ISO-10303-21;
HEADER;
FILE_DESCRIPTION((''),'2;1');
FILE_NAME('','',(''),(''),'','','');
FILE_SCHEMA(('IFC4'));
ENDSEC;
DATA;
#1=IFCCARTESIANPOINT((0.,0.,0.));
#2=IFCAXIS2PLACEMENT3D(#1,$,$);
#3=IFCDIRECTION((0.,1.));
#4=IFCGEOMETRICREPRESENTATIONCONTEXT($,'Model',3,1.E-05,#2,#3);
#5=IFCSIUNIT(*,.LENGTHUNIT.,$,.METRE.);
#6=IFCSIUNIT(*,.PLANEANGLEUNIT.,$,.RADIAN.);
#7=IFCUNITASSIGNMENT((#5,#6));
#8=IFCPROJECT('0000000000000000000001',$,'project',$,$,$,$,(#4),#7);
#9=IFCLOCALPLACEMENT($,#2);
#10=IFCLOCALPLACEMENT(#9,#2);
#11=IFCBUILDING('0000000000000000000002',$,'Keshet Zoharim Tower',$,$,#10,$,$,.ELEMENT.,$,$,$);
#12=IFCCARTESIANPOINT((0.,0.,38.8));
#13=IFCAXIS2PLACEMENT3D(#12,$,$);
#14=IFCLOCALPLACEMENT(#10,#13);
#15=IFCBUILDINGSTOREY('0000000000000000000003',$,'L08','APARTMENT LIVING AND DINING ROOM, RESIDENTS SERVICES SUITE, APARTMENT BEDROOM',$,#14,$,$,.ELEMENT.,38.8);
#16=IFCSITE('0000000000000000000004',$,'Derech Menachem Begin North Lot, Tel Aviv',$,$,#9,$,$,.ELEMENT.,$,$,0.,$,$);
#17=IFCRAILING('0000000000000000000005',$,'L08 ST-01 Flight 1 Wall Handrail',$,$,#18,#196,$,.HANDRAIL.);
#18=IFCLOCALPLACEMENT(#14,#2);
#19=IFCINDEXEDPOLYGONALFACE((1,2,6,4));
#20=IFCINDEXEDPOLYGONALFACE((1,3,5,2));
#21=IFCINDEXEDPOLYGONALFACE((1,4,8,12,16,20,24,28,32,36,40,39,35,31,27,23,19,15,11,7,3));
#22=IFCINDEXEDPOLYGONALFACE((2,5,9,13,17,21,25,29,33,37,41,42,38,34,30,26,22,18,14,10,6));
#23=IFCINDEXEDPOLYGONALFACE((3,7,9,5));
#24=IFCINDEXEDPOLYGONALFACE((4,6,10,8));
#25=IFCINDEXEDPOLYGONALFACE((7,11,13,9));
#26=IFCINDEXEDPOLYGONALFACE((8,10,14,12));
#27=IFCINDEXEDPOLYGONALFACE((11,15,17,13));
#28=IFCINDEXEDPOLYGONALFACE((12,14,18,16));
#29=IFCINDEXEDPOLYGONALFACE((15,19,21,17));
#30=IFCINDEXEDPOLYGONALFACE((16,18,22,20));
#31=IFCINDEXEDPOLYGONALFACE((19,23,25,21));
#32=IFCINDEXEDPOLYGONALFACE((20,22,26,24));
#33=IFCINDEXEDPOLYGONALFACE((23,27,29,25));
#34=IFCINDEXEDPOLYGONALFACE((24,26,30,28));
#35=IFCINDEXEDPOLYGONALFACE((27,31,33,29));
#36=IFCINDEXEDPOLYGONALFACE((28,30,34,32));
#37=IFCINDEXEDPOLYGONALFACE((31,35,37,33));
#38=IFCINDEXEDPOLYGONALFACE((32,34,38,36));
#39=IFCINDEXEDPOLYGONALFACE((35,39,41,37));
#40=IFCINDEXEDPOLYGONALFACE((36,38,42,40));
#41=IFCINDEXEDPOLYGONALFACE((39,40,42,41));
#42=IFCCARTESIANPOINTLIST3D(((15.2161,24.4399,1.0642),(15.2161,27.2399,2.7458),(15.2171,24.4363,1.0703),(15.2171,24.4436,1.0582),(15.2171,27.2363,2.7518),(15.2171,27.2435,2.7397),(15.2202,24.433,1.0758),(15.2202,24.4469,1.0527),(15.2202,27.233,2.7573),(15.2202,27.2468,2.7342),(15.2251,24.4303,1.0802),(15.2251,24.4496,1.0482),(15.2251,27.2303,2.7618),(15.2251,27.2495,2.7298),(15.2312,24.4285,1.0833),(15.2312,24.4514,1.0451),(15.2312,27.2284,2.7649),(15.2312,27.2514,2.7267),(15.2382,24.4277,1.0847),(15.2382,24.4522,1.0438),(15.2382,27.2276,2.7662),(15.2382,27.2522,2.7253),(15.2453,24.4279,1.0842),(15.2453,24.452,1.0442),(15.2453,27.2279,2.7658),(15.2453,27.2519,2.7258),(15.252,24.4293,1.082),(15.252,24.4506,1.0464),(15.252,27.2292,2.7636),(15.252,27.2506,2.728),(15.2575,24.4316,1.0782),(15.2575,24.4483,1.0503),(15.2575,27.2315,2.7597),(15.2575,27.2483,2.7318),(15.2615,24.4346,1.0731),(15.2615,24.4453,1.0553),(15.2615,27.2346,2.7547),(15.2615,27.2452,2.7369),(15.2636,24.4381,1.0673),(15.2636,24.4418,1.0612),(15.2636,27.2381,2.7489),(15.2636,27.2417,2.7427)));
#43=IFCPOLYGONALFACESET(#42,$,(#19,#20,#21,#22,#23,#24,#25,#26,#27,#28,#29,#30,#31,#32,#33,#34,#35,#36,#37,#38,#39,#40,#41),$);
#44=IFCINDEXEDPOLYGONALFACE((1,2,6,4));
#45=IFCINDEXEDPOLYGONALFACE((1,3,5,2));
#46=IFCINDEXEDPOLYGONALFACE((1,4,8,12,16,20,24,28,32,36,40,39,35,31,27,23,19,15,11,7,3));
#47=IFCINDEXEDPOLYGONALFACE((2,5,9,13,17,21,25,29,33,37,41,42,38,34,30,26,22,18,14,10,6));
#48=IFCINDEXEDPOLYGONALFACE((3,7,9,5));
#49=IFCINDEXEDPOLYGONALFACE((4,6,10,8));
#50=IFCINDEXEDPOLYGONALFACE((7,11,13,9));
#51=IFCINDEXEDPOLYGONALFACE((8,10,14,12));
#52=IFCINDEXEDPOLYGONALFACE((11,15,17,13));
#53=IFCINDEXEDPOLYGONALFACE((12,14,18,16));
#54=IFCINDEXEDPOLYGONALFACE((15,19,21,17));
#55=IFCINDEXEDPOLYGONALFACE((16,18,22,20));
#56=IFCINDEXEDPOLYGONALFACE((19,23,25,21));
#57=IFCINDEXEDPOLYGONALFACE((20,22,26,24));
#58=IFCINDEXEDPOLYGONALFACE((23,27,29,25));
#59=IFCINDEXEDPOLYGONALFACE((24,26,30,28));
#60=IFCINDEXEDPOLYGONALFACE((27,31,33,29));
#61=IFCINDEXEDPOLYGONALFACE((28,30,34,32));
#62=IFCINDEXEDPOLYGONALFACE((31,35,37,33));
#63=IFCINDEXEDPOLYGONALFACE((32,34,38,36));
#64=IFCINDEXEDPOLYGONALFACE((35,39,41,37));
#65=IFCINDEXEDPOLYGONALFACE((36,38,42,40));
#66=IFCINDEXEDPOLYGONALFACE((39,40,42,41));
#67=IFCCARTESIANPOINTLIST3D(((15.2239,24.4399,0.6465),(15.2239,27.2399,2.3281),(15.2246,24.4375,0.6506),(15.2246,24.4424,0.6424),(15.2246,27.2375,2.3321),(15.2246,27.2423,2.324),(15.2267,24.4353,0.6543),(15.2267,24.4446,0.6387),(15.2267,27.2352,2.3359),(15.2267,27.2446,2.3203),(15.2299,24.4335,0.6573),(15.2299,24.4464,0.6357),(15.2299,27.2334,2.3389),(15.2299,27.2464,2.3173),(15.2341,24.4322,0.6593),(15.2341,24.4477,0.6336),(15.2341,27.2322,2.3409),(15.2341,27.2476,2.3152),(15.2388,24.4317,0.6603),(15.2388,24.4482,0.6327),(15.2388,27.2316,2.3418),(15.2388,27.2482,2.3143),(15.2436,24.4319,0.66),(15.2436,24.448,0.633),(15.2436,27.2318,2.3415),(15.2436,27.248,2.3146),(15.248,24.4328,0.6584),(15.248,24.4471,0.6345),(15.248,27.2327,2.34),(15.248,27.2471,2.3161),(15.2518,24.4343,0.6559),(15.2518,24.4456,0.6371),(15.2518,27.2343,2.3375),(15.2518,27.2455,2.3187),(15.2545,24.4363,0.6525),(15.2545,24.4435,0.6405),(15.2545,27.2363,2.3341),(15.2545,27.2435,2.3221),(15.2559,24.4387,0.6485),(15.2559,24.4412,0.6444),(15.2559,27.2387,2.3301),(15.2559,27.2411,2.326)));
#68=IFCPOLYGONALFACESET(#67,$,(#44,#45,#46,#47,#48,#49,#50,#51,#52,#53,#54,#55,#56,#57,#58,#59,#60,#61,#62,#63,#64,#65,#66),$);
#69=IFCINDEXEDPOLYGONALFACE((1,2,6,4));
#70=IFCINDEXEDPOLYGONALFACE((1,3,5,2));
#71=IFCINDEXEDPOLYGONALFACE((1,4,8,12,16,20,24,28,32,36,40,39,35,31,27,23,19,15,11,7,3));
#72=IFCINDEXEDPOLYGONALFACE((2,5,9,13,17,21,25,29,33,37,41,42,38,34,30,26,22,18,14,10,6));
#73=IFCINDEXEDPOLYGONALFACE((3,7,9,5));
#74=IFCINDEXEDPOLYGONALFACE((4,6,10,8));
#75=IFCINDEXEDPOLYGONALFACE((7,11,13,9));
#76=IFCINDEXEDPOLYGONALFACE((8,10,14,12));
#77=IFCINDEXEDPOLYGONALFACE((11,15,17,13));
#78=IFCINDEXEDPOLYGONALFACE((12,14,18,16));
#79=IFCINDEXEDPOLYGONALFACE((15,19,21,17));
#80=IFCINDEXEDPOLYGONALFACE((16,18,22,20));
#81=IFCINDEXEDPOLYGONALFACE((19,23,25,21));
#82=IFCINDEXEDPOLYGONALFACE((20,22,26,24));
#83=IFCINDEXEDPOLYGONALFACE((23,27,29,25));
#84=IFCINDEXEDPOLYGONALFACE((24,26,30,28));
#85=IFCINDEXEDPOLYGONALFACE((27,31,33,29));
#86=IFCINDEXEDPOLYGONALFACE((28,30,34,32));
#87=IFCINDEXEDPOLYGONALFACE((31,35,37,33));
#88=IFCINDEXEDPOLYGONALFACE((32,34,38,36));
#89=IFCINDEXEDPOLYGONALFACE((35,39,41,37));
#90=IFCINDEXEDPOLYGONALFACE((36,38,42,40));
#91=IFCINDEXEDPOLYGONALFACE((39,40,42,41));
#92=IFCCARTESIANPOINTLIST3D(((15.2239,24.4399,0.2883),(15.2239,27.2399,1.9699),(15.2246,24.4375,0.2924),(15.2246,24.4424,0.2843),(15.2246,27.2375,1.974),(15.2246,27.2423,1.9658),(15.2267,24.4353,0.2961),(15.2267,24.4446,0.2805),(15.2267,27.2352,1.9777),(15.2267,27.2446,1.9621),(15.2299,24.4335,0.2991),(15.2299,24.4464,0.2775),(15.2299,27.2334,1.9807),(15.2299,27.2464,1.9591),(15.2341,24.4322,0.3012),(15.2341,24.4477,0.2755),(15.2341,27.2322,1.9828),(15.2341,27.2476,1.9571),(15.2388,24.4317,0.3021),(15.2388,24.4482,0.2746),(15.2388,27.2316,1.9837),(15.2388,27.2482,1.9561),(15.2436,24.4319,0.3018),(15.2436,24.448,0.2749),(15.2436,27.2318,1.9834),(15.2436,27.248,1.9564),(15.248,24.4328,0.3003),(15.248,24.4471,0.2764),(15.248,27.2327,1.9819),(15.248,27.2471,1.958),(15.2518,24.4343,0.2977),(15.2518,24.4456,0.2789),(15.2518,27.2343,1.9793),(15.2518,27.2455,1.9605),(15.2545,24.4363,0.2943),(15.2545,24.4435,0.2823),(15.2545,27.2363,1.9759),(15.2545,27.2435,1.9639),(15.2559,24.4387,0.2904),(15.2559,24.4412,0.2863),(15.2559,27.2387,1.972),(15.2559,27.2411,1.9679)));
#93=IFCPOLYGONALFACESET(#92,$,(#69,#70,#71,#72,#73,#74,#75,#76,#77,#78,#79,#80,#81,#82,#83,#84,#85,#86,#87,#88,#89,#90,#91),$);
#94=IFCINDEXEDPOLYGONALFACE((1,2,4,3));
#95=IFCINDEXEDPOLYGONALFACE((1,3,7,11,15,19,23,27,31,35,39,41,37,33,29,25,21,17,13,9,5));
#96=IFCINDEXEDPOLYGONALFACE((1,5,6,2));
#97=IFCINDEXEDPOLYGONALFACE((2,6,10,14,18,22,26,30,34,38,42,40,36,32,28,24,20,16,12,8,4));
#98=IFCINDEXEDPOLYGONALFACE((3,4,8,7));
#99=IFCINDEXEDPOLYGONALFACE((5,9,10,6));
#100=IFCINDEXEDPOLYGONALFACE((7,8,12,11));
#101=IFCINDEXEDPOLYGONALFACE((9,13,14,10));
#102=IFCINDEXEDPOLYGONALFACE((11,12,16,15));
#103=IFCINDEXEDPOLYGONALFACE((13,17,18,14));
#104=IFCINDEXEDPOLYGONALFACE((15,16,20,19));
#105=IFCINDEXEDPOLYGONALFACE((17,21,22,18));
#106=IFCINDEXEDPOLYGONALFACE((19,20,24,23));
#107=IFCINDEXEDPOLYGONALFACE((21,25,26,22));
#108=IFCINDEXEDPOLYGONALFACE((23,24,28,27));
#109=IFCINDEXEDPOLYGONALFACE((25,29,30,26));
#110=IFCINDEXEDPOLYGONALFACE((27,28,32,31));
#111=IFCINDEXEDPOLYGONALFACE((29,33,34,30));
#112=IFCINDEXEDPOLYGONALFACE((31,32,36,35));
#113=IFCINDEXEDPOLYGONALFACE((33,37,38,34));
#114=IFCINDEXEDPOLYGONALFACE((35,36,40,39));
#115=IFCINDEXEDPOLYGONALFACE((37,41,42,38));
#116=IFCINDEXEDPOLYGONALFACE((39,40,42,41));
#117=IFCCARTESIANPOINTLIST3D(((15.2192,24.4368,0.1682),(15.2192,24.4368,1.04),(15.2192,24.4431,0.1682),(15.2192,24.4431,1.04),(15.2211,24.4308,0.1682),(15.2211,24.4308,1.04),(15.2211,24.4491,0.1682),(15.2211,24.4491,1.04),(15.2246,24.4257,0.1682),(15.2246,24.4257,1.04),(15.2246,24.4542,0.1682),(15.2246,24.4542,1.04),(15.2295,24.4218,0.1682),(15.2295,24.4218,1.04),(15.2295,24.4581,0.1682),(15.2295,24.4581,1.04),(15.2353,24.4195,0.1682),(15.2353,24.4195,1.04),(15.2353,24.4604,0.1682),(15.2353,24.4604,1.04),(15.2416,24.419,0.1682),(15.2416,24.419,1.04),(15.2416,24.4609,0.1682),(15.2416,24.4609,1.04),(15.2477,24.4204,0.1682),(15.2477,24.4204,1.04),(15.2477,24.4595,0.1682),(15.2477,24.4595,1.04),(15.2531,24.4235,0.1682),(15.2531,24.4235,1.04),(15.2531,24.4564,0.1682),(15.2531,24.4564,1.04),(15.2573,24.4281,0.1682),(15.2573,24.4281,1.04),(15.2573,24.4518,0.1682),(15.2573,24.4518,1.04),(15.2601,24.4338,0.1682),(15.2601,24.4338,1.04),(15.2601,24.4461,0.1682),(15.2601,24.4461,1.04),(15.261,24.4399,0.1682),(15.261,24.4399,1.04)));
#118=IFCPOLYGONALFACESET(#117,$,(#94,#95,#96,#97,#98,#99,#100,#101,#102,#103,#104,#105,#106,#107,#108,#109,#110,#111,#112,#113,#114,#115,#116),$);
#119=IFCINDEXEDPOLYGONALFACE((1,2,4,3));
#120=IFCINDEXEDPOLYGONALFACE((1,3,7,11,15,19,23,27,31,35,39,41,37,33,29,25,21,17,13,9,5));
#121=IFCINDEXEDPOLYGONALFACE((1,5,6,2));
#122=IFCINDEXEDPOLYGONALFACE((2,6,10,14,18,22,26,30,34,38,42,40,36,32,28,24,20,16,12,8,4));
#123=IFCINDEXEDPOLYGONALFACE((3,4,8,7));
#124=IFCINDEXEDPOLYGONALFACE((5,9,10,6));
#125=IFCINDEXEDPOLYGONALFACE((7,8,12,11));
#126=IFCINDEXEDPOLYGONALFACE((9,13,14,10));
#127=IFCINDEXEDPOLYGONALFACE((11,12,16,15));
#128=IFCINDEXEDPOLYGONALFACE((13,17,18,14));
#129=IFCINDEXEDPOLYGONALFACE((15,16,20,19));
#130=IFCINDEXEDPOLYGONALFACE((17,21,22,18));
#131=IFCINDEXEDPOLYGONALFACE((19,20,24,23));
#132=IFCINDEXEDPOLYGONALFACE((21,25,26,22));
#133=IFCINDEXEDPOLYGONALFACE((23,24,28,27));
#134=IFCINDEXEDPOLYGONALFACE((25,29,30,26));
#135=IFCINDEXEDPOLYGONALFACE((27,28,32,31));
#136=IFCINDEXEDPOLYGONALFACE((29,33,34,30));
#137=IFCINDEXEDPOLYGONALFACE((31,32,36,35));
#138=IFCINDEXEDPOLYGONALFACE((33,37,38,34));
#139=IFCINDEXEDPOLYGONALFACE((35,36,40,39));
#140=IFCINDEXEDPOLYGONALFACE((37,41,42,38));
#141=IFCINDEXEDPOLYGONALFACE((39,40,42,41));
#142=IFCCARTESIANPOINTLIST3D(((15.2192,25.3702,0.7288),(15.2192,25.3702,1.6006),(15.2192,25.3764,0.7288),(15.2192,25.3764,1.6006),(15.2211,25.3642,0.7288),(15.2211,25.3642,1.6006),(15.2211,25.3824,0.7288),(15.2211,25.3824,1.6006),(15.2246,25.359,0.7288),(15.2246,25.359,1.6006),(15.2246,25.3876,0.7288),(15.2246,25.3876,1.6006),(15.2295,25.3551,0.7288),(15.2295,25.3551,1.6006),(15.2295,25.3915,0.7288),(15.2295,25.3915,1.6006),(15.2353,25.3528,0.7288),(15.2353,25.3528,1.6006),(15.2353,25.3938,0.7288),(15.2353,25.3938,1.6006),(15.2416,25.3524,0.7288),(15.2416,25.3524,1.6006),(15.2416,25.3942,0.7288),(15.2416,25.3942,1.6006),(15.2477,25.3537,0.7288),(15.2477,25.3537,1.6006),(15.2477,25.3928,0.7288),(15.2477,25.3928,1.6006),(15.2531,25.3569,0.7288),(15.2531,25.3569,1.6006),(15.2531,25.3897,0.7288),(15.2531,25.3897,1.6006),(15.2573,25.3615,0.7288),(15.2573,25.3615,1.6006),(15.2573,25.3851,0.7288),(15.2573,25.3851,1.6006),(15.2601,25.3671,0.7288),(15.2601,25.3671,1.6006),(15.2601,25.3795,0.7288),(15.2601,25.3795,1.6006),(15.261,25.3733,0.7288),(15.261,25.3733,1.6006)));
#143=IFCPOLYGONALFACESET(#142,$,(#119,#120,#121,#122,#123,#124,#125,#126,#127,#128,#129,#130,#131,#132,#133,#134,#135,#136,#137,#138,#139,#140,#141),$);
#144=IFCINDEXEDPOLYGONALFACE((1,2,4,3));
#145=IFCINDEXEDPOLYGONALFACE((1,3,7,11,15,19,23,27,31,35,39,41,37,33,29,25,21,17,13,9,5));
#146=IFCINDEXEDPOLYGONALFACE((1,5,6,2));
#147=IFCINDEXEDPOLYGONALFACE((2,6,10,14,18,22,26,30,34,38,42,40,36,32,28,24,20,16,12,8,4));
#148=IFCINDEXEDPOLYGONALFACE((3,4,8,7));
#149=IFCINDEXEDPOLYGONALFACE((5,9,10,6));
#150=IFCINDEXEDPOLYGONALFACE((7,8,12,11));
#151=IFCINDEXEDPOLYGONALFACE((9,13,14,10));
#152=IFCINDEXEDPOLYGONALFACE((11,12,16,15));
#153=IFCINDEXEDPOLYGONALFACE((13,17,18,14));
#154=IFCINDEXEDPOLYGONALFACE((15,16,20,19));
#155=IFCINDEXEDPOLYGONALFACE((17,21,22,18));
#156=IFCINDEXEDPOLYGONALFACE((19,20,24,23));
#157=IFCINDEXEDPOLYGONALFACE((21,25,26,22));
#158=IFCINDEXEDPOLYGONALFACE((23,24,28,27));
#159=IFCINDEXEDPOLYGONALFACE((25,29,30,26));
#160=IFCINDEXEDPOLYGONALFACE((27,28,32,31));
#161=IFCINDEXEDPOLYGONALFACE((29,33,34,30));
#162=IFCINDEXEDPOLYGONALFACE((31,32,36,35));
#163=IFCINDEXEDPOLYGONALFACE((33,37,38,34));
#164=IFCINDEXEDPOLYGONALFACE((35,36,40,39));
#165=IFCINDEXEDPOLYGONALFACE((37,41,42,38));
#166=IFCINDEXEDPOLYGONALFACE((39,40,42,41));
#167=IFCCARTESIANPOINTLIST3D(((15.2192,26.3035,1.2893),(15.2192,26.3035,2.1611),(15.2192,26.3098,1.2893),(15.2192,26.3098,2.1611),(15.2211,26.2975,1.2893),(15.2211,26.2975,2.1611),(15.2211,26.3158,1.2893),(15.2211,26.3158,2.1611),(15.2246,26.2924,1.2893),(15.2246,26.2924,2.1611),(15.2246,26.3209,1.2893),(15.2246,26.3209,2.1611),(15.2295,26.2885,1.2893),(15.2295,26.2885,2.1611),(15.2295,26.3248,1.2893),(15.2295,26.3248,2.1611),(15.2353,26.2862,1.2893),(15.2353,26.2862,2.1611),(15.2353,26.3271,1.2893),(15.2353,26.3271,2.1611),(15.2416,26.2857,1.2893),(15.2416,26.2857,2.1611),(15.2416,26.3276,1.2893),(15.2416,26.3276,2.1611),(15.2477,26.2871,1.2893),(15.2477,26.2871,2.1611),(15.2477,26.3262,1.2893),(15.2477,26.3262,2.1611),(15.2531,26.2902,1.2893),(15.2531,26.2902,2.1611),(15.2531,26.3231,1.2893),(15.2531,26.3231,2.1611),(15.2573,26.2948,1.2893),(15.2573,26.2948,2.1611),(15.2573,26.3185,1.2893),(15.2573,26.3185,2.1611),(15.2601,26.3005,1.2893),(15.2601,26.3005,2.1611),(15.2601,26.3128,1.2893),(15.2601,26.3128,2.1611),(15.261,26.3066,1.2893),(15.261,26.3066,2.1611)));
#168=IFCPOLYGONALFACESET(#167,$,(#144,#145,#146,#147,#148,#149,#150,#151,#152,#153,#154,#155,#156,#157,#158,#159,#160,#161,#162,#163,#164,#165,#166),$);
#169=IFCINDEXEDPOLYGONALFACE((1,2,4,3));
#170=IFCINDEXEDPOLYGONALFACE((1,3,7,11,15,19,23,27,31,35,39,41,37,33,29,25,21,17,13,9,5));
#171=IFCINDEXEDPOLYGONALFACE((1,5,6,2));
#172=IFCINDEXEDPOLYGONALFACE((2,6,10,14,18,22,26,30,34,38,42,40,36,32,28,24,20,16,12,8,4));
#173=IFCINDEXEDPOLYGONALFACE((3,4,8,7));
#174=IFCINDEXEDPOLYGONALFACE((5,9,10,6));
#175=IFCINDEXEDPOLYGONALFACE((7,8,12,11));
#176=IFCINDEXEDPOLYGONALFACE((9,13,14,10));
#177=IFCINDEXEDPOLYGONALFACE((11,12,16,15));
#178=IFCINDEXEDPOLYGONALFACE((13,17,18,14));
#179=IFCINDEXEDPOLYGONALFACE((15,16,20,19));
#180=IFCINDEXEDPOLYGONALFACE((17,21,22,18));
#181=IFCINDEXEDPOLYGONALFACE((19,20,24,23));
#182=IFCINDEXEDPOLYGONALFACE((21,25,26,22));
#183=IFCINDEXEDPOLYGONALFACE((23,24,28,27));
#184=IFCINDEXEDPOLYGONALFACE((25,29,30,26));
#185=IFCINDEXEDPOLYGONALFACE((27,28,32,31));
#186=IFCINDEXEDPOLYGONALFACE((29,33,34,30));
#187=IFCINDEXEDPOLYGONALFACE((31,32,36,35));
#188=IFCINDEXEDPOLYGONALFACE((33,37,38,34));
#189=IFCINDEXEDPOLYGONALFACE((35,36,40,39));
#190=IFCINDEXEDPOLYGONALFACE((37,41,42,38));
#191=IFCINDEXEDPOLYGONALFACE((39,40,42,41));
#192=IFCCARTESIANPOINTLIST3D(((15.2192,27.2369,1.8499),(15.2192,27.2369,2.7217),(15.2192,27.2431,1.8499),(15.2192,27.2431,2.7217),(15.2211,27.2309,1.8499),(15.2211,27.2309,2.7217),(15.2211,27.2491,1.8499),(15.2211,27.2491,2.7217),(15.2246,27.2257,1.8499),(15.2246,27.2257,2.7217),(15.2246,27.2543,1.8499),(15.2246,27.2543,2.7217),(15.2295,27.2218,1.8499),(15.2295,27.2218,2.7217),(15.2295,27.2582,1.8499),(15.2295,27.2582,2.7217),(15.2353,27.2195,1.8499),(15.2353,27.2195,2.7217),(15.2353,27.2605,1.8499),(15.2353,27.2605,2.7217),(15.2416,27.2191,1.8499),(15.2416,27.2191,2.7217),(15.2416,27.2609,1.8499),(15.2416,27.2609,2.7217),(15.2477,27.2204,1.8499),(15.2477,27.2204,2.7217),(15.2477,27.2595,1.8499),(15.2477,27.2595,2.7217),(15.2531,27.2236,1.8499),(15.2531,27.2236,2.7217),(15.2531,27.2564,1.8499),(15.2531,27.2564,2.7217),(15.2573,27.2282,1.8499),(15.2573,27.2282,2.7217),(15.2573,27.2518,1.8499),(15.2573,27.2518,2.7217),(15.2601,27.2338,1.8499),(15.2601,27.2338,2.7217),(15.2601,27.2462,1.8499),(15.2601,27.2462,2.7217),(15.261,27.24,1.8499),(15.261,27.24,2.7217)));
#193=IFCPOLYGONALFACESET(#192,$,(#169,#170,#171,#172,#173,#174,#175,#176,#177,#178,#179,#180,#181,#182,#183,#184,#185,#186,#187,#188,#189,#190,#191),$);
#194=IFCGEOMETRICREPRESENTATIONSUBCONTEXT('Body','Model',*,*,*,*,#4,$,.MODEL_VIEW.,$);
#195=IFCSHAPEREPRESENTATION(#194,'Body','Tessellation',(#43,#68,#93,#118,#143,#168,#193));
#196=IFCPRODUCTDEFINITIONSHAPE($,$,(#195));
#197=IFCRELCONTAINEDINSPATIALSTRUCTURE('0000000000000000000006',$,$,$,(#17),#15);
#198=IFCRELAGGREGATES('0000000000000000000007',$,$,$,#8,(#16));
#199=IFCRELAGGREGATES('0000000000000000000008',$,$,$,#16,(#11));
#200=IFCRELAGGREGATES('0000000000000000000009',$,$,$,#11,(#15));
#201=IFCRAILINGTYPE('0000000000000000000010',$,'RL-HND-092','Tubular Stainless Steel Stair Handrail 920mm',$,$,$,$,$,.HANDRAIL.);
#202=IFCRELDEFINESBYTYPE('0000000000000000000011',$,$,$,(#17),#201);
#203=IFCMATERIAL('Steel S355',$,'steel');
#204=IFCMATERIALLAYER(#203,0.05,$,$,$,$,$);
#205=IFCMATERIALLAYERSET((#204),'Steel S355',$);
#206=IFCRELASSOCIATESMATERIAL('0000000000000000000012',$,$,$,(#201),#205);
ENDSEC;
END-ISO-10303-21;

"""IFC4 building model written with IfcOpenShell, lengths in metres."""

from ifc_helpers import new_model, si_unit, direction, frame, origin, origin_2d, place, context, subcontext, project, spatial, circle, extrude, material, layer, layer_set, type_object, element, save


model = new_model("IFC4")

# Units and contexts
model_context = context("Model", 3, precision=1e-05, world=origin(), true_north=direction((0.0, 1.0)))
body_context = subcontext(model_context, "Body", "Model", "MODEL_VIEW")
ifc_project = project(units=[si_unit("LENGTHUNIT", "METRE"), si_unit("PLANEANGLEUNIT", "RADIAN")], contexts=[model_context])

# Site, building, storey
site_placement = place(None, origin())
site = spatial("IfcSite", under=ifc_project, at=site_placement, Name="Derech Menachem Begin North Lot, Tel Aviv", CompositionType="ELEMENT", RefElevation=0.0)
building_placement = place(site_placement, origin())
building = spatial("IfcBuilding", under=site, at=building_placement, Name="Keshet Zoharim Tower", CompositionType="ELEMENT")
storey_placement = place(building_placement, frame((0.0, 0.0, 38.8)))
storey = spatial("IfcBuildingStorey", under=building, at=storey_placement, Name="L08", Description="APARTMENT LIVING AND DINING ROOM, RESIDENTS SERVICES SUITE, APARTMENT BEDROOM", CompositionType="ELEMENT", Elevation=38.8)

# Railing
ifc_material_1 = material(Name="Steel S355", Category="steel")
ifc_layer_1 = layer(ifc_material_1, 0.05)
ifc_layer_set_1 = layer_set([ifc_layer_1], Name="Steel S355")
railing_type_1 = type_object("IfcRailingType", Name="RL-HND-092", Description="Tubular Stainless Steel Stair Handrail 920mm", PredefinedType="HANDRAIL", material=ifc_layer_set_1)
railing_1_placement = place(storey_placement, frame((15.24, 24.4399, 0.1682)))
element("IfcRailing", 1, at=railing_1_placement, inside=storey, type_object=railing_type_1, Name="L08 ST-01 Flight 1 Wall Handrail", PredefinedType="HANDRAIL", context=body_context, shape_type="SweptSolid", body=[
    extrude(circle(Radius=0.0239, at=origin_2d()), frame((0.0, 0.0, 0.896), z_axis=(0.0, 0.857275, 0.514858), x_axis=(-1.0, 0.0, 0.0)), (0.0, 0.0, 1.0), 3.2661),
    extrude(circle(Radius=0.0161, at=origin_2d()), frame((0.0, 0.0, 0.4783), z_axis=(0.0, 0.857275, 0.514858), x_axis=(-1.0, 0.0, 0.0)), (0.0, 0.0, 1.0), 3.2661),
    extrude(circle(Radius=0.0161, at=origin_2d()), frame((0.0, 0.0, 0.1201), z_axis=(0.0, 0.857275, 0.514858), x_axis=(-1.0, 0.0, 0.0)), (0.0, 0.0, 1.0), 3.2661),
    extrude(circle(Radius=0.021, at=origin_2d()), origin(), (0.0, 0.0, 1.0), 0.8718),
    extrude(circle(Radius=0.021, at=origin_2d()), frame((0.0, 0.9333, 0.5605)), (0.0, 0.0, 1.0), 0.8718),
    extrude(circle(Radius=0.021, at=origin_2d()), frame((0.0, 1.8667, 1.1211)), (0.0, 0.0, 1.0), 0.8718),
    extrude(circle(Radius=0.021, at=origin_2d()), frame((0.0, 2.8, 1.6816)), (0.0, 0.0, 1.0), 0.8718),
])

save(model, "model.ifc")
